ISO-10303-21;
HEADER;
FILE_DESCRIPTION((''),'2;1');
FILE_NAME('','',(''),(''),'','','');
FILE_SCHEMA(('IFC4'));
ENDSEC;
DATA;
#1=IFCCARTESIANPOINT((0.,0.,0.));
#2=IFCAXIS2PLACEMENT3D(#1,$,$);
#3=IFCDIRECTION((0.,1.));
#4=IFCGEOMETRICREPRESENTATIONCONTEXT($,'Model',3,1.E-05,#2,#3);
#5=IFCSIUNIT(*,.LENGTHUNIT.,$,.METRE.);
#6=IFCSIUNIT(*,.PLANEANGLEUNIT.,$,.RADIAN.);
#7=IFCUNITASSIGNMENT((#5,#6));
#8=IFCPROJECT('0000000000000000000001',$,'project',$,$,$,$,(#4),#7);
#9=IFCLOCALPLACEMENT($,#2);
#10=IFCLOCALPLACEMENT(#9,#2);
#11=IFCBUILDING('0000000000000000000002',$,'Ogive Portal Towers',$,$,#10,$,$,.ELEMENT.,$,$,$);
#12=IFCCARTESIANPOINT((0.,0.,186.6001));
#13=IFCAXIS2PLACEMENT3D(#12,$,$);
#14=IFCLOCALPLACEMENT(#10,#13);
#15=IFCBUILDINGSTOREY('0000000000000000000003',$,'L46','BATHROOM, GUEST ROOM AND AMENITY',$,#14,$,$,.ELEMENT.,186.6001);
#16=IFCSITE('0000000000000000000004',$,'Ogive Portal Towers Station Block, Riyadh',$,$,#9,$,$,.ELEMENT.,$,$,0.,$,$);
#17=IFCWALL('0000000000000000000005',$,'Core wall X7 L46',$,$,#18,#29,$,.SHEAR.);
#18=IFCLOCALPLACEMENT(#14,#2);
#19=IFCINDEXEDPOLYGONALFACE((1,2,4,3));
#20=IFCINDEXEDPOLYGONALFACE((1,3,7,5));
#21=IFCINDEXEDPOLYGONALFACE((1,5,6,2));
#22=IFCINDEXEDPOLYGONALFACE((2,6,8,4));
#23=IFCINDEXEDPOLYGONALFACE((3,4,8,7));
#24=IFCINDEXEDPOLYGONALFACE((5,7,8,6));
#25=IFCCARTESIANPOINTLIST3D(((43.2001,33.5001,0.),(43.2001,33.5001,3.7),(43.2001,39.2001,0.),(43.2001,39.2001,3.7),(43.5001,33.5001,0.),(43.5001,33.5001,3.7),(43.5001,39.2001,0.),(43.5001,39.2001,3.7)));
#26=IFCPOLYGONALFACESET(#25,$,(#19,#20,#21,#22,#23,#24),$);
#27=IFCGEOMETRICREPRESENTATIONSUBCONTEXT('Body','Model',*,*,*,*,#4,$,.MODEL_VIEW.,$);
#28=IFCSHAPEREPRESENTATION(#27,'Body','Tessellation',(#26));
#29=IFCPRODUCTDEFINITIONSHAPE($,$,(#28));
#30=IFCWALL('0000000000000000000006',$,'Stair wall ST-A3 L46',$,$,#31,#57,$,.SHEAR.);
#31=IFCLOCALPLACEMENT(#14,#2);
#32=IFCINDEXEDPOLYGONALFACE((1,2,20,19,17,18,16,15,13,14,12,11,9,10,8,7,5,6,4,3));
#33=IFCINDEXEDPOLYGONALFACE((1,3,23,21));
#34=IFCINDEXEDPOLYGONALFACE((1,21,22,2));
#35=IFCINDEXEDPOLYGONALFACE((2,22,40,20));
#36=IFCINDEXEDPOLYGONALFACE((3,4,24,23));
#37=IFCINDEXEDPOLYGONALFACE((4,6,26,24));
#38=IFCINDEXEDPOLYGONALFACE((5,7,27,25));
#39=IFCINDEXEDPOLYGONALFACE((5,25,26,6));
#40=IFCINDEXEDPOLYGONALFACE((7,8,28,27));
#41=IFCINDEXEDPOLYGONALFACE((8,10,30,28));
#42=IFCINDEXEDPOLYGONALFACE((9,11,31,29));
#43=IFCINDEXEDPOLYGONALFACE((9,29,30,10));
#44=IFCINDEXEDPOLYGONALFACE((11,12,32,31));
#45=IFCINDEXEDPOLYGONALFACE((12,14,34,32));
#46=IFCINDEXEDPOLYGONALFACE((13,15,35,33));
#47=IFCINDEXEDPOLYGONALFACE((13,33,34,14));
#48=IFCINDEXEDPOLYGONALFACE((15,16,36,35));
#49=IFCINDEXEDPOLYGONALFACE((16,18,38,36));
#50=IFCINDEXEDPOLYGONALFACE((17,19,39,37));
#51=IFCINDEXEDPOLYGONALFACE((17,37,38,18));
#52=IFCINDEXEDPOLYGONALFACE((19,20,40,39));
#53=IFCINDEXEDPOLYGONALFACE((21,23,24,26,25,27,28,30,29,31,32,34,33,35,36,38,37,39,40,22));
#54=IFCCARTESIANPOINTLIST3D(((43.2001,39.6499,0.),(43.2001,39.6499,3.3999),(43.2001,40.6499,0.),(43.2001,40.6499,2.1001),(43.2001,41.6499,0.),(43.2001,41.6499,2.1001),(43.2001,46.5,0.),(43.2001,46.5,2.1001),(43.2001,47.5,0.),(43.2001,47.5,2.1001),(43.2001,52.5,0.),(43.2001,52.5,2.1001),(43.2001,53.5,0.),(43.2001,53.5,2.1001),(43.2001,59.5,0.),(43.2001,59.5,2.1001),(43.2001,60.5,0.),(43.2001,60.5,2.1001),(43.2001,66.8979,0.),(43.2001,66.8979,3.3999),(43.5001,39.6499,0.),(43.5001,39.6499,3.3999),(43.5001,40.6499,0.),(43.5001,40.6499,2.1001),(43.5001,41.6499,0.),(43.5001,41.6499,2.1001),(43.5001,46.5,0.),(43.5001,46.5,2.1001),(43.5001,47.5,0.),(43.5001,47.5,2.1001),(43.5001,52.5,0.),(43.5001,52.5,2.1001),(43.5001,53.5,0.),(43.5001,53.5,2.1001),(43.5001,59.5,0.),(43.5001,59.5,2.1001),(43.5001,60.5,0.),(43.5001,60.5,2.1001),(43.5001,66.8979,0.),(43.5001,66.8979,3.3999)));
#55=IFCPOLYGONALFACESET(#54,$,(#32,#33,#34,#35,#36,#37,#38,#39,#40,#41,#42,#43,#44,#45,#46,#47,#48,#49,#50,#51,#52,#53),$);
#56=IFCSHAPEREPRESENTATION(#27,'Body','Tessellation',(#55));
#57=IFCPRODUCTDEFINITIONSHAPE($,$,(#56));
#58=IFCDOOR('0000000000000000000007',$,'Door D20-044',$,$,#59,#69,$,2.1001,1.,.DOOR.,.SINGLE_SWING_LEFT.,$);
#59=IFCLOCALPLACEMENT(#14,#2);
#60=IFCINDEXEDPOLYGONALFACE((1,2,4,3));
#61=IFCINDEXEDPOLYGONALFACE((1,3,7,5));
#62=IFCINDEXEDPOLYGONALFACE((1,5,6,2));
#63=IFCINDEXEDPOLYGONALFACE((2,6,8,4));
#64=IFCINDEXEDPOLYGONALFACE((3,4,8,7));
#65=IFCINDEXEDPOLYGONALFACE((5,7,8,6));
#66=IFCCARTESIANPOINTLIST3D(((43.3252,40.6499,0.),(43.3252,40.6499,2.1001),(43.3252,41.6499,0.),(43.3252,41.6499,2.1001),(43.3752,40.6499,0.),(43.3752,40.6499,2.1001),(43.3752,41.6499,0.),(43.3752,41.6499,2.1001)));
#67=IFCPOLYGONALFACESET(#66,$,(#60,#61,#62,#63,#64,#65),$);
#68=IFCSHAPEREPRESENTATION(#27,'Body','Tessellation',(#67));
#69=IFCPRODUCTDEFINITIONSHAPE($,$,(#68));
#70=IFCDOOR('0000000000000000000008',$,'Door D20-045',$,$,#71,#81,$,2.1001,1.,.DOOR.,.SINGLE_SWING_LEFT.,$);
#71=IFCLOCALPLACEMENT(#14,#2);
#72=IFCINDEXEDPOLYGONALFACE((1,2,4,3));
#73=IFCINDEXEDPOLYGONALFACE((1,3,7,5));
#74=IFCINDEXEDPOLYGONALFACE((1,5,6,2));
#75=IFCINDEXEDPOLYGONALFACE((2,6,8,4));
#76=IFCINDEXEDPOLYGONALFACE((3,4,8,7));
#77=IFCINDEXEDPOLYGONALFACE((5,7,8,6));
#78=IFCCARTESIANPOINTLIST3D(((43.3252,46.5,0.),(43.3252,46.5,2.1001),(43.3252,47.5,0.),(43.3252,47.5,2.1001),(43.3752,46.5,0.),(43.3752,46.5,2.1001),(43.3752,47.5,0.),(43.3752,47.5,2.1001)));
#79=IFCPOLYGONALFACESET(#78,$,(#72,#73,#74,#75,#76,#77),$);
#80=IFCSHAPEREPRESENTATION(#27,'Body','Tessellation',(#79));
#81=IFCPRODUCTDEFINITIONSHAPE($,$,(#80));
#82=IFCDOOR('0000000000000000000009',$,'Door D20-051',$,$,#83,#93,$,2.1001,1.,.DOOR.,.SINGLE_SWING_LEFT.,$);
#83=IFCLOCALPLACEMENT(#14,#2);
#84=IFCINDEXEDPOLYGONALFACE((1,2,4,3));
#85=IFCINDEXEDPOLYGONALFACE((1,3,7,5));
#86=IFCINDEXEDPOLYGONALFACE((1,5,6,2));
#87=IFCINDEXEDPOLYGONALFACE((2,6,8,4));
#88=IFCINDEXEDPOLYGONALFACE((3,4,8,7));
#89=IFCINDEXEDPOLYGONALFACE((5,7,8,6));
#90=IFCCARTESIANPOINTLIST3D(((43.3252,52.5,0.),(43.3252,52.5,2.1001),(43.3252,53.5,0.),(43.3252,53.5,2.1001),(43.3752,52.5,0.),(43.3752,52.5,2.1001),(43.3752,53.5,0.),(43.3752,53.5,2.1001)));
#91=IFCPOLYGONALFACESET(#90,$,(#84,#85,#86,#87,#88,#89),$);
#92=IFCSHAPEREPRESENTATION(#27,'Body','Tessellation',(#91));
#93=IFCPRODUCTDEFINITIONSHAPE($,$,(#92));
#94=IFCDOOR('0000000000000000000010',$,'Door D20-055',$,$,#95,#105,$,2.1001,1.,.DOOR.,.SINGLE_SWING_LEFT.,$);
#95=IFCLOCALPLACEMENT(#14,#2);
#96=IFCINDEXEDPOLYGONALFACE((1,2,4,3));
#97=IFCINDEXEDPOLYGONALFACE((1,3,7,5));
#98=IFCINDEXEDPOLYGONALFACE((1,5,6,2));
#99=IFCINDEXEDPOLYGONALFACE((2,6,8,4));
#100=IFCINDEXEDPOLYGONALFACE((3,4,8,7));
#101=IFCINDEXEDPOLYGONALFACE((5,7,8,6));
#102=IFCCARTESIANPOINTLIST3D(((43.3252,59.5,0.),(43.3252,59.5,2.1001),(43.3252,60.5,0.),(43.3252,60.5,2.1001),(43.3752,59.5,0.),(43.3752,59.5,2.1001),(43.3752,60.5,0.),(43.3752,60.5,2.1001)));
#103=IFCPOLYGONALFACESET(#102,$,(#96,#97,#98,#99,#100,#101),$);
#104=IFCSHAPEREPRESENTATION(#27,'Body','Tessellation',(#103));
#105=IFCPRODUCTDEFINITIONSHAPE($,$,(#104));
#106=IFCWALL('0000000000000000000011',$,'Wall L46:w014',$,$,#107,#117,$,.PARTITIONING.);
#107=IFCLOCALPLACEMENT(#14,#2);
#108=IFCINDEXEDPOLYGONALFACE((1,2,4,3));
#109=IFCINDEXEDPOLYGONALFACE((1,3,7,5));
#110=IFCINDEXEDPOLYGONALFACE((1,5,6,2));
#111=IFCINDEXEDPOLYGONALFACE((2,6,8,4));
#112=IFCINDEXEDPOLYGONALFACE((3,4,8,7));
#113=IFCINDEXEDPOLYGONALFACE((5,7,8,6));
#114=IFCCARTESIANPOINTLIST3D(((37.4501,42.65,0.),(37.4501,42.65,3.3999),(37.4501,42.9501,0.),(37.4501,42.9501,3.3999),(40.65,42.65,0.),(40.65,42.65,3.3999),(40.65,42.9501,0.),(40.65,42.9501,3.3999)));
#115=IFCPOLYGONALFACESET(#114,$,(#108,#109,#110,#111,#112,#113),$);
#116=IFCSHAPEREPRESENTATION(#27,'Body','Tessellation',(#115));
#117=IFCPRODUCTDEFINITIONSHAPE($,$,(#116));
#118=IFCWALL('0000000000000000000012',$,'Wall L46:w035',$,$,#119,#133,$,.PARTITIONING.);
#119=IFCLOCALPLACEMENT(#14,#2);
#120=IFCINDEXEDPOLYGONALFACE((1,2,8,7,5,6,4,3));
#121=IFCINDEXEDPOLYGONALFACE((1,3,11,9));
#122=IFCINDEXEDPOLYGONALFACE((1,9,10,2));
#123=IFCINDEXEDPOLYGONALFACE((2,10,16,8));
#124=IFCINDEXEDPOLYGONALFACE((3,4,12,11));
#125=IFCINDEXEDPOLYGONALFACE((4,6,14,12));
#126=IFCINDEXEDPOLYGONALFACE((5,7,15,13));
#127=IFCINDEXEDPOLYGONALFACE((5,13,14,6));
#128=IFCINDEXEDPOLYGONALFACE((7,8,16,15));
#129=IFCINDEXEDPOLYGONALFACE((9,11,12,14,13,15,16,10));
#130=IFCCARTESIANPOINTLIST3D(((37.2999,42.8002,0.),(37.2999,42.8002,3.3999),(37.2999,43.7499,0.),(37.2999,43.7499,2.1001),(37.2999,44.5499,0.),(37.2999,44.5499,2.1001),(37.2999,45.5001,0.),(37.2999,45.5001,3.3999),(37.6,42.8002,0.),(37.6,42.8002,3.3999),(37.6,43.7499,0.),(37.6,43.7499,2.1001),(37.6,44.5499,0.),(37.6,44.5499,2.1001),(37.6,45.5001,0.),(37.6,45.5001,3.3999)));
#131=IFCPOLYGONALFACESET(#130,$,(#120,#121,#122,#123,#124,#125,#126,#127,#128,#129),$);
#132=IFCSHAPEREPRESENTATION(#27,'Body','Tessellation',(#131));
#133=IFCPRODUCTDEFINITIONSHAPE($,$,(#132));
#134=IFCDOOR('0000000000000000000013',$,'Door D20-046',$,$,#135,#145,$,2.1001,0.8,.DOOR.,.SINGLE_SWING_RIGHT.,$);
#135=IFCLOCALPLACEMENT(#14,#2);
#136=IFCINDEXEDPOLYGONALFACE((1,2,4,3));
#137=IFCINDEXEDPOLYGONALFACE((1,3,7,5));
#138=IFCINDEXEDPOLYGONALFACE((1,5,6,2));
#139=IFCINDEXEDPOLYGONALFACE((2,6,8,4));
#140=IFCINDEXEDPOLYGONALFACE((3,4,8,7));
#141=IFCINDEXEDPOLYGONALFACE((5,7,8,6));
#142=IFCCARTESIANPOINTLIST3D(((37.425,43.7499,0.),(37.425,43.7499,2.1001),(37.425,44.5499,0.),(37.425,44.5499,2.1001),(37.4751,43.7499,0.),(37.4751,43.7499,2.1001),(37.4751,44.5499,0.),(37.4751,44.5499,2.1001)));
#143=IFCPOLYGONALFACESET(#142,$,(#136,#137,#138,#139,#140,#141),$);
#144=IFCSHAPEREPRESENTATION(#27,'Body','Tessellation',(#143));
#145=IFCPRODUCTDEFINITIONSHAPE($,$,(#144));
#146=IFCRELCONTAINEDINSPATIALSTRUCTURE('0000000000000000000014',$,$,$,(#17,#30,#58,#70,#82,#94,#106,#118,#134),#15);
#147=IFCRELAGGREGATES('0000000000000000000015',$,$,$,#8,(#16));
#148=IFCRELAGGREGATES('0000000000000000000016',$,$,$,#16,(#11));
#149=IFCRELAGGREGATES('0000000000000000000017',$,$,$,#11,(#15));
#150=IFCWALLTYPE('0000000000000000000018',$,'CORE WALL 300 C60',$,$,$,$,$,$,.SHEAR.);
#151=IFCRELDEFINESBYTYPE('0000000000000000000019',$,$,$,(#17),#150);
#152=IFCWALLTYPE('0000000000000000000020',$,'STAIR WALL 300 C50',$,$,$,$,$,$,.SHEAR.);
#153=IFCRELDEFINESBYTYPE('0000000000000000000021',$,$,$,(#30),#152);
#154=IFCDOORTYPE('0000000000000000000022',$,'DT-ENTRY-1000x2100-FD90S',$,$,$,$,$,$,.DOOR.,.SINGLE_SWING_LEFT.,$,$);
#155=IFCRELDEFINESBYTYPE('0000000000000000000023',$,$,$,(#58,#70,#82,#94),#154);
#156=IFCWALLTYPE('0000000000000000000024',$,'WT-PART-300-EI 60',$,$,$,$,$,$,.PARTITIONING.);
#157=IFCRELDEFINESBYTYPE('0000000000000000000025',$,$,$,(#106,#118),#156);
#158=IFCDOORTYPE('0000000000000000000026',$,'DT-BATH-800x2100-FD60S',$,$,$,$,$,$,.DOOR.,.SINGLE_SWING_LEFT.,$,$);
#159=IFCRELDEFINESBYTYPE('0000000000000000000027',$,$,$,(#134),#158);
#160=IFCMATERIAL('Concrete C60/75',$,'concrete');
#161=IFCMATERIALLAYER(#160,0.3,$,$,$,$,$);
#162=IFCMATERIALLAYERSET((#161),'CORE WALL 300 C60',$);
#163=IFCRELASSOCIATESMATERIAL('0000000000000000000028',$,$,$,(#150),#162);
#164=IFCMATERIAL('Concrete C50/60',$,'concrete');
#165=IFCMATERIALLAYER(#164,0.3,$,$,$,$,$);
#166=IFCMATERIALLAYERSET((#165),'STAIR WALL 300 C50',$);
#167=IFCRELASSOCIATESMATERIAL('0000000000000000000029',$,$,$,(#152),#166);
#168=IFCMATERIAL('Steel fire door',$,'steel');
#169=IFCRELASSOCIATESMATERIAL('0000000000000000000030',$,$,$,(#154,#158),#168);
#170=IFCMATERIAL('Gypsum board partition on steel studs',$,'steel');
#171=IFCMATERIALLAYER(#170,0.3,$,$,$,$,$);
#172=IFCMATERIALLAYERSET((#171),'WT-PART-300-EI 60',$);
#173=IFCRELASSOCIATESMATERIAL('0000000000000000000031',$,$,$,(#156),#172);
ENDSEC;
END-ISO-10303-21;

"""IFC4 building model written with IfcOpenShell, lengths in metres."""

from ifc_helpers import new_model, si_unit, direction, frame, frame_2d, origin, place, context, subcontext, project, spatial, rectangle, extrude, material, layer, layer_set, type_object, element, fill, save


model = new_model("IFC4")

# Units and contexts
model_context = context("Model", 3, precision=1e-05, world=origin(), true_north=direction((0.0, 1.0)))
body_context = subcontext(model_context, "Body", "Model", "MODEL_VIEW")
ifc_project = project(units=[si_unit("LENGTHUNIT", "METRE"), si_unit("PLANEANGLEUNIT", "RADIAN")], contexts=[model_context])

# Site, building, storey
site_placement = place(None, origin())
site = spatial("IfcSite", under=ifc_project, at=site_placement, Name="Ogive Portal Towers Station Block, Riyadh", CompositionType="ELEMENT", RefElevation=0.0)
building_placement = place(site_placement, origin())
building = spatial("IfcBuilding", under=site, at=building_placement, Name="Ogive Portal Towers", CompositionType="ELEMENT")
storey_placement = place(building_placement, frame((0.0, 0.0, 186.6001)))
storey = spatial("IfcBuildingStorey", under=building, at=storey_placement, Name="L46", Description="BATHROOM, GUEST ROOM AND AMENITY", CompositionType="ELEMENT", Elevation=186.6001)

# Wall
ifc_material_1 = material(Name="Concrete C60/75", Category="concrete")
ifc_layer_1 = layer(ifc_material_1, 0.3)
ifc_layer_set_1 = layer_set([ifc_layer_1], Name="CORE WALL 300 C60")
wall_type_1 = type_object("IfcWallType", Name="CORE WALL 300 C60", PredefinedType="SHEAR", material=ifc_layer_set_1)
wall_1_placement = place(storey_placement, frame((43.3501, 33.5, 0.0), z_axis=(0.0, 0.0, 1.0), x_axis=(0.0, 1.0, 0.0)))
element("IfcWall", 1, at=wall_1_placement, inside=storey, type_object=wall_type_1, Name="Core wall X7 L46", PredefinedType="SHEAR", context=body_context, shape_type="SweptSolid", body=[
    extrude(rectangle(XDim=5.7, YDim=0.3, at=frame_2d((2.8501, 0.0))), origin(), (0.0, 0.0, 1.0), 3.7),
])

# Wall, openings, doors
ifc_material_2 = material(Name="Concrete C50/60", Category="concrete")
ifc_layer_2 = layer(ifc_material_2, 0.3)
ifc_layer_set_2 = layer_set([ifc_layer_2], Name="STAIR WALL 300 C50")
wall_type_2 = type_object("IfcWallType", Name="STAIR WALL 300 C50", PredefinedType="SHEAR", material=ifc_layer_set_2)
wall_2_placement = place(storey_placement, frame((43.3501, 39.6499, 0.0), z_axis=(0.0, 0.0, 1.0), x_axis=(0.0, 1.0, 0.0)))
wall_2 = element("IfcWall", 2, at=wall_2_placement, inside=storey, type_object=wall_type_2, Name="Stair wall ST-A3 L46", PredefinedType="SHEAR", context=body_context, shape_type="SweptSolid", body=[
    extrude(rectangle(XDim=27.248, YDim=0.3, at=frame_2d((13.624, 0.0))), origin(), (0.0, 0.0, 1.0), 3.3999),
])
opening_1_placement = place(wall_2_placement, frame((1.0, 0.0, 0.0)))
opening_1 = element("IfcOpeningElement", 3, at=opening_1_placement, cuts=wall_2, PredefinedType="OPENING", context=body_context, shape_type="SweptSolid", body=[
    extrude(rectangle(XDim=1.0, YDim=2.1001, at=frame_2d((0.5, 1.05))), frame((0.0, 0.1602, 0.0), z_axis=(0.0, -1.0, 0.0), x_axis=(1.0, 0.0, 0.0)), (0.0, 0.0, 1.0), 0.3201),
])
opening_2_placement = place(wall_2_placement, frame((6.8501, 0.0, 0.0)))
opening_2 = element("IfcOpeningElement", 4, at=opening_2_placement, cuts=wall_2, PredefinedType="OPENING", context=body_context, shape_type="SweptSolid", body=[
    extrude(rectangle(XDim=1.0, YDim=2.1001, at=frame_2d((0.5, 1.05))), frame((0.0, 0.1602, 0.0), z_axis=(0.0, -1.0, 0.0), x_axis=(1.0, 0.0, 0.0)), (0.0, 0.0, 1.0), 0.3201),
])
opening_3_placement = place(wall_2_placement, frame((12.8501, 0.0, 0.0)))
opening_3 = element("IfcOpeningElement", 5, at=opening_3_placement, cuts=wall_2, PredefinedType="OPENING", context=body_context, shape_type="SweptSolid", body=[
    extrude(rectangle(XDim=1.0, YDim=2.1001, at=frame_2d((0.5, 1.05))), frame((0.0, 0.1602, 0.0), z_axis=(0.0, -1.0, 0.0), x_axis=(1.0, 0.0, 0.0)), (0.0, 0.0, 1.0), 0.3201),
])
opening_4_placement = place(wall_2_placement, frame((19.8501, 0.0, 0.0)))
opening_4 = element("IfcOpeningElement", 6, at=opening_4_placement, cuts=wall_2, PredefinedType="OPENING", context=body_context, shape_type="SweptSolid", body=[
    extrude(rectangle(XDim=1.0, YDim=2.1001, at=frame_2d((0.5, 1.05))), frame((0.0, 0.1602, 0.0), z_axis=(0.0, -1.0, 0.0), x_axis=(1.0, 0.0, 0.0)), (0.0, 0.0, 1.0), 0.3201),
])
ifc_material_3 = material(Name="Steel fire door", Category="steel")
door_type_1 = type_object("IfcDoorType", Name="DT-ENTRY-1000x2100-FD90S", OperationType="SINGLE_SWING_LEFT", PredefinedType="DOOR", material=ifc_material_3)
door_1_placement = place(opening_1_placement, origin())
door_1 = element("IfcDoor", 7, at=door_1_placement, inside=storey, type_object=door_type_1, Name="Door D20-044", OperationType="SINGLE_SWING_LEFT", OverallHeight=2.1001, OverallWidth=1.0, PredefinedType="DOOR", context=body_context, shape_type="SweptSolid", body=[
    extrude(rectangle(XDim=1.0, YDim=2.1001, at=frame_2d((0.5, 1.05))), frame((0.0, 0.0249, 0.0), z_axis=(0.0, -1.0, 0.0), x_axis=(1.0, 0.0, 0.0)), (0.0, 0.0, 1.0), 0.05),
])
fill(opening_1, door_1)
door_2_placement = place(opening_2_placement, origin())
door_2 = element("IfcDoor", 8, at=door_2_placement, inside=storey, type_object=door_type_1, Name="Door D20-045", OperationType="SINGLE_SWING_LEFT", OverallHeight=2.1001, OverallWidth=1.0, PredefinedType="DOOR", context=body_context, shape_type="SweptSolid", body=[
    extrude(rectangle(XDim=1.0, YDim=2.1001, at=frame_2d((0.5, 1.05))), frame((0.0, 0.0249, 0.0), z_axis=(0.0, -1.0, 0.0), x_axis=(1.0, 0.0, 0.0)), (0.0, 0.0, 1.0), 0.05),
])
fill(opening_2, door_2)
door_3_placement = place(opening_3_placement, origin())
door_3 = element("IfcDoor", 9, at=door_3_placement, inside=storey, type_object=door_type_1, Name="Door D20-051", OperationType="SINGLE_SWING_LEFT", OverallHeight=2.1001, OverallWidth=1.0, PredefinedType="DOOR", context=body_context, shape_type="SweptSolid", body=[
    extrude(rectangle(XDim=1.0, YDim=2.1001, at=frame_2d((0.5, 1.05))), frame((0.0, 0.0249, 0.0), z_axis=(0.0, -1.0, 0.0), x_axis=(1.0, 0.0, 0.0)), (0.0, 0.0, 1.0), 0.05),
])
fill(opening_3, door_3)
door_4_placement = place(opening_4_placement, origin())
door_4 = element("IfcDoor", 10, at=door_4_placement, inside=storey, type_object=door_type_1, Name="Door D20-055", OperationType="SINGLE_SWING_LEFT", OverallHeight=2.1001, OverallWidth=1.0, PredefinedType="DOOR", context=body_context, shape_type="SweptSolid", body=[
    extrude(rectangle(XDim=1.0, YDim=2.1001, at=frame_2d((0.5, 1.05))), frame((0.0, 0.0249, 0.0), z_axis=(0.0, -1.0, 0.0), x_axis=(1.0, 0.0, 0.0)), (0.0, 0.0, 1.0), 0.05),
])
fill(opening_4, door_4)

# Wall
ifc_material_4 = material(Name="Gypsum board partition on steel studs", Category="steel")
ifc_layer_3 = layer(ifc_material_4, 0.3)
ifc_layer_set_3 = layer_set([ifc_layer_3], Name="WT-PART-300-EI 60")
wall_type_3 = type_object("IfcWallType", Name="WT-PART-300-EI 60", PredefinedType="PARTITIONING", material=ifc_layer_set_3)
wall_3_placement = place(storey_placement, frame((37.45, 42.8, 0.0), z_axis=(0.0, 0.0, 1.0), x_axis=(1.0, 0.0, 0.0)))
element("IfcWall", 11, at=wall_3_placement, inside=storey, type_object=wall_type_3, Name="Wall L46:w014", PredefinedType="PARTITIONING", context=body_context, shape_type="SweptSolid", body=[
    extrude(rectangle(XDim=3.2, YDim=0.3, at=frame_2d((1.6001, 0.0))), origin(), (0.0, 0.0, 1.0), 3.3999),
])

# Wall, opening, door
wall_4_placement = place(storey_placement, frame((37.45, 42.8, 0.0), z_axis=(0.0, 0.0, 1.0), x_axis=(0.0, 1.0, 0.0)))
wall_4 = element("IfcWall", 12, at=wall_4_placement, inside=storey, type_object=wall_type_3, Name="Wall L46:w035", PredefinedType="PARTITIONING", context=body_context, shape_type="SweptSolid", body=[
    extrude(rectangle(XDim=2.7, YDim=0.3, at=frame_2d((1.3501, 0.0))), origin(), (0.0, 0.0, 1.0), 3.3999),
])
opening_5_placement = place(wall_4_placement, frame((0.95, 0.0, 0.0)))
opening_5 = element("IfcOpeningElement", 13, at=opening_5_placement, cuts=wall_4, PredefinedType="OPENING", context=body_context, shape_type="SweptSolid", body=[
    extrude(rectangle(XDim=0.8, YDim=2.1001, at=frame_2d((0.3999, 1.05))), frame((0.0, 0.1602, 0.0), z_axis=(0.0, -1.0, 0.0), x_axis=(1.0, 0.0, 0.0)), (0.0, 0.0, 1.0), 0.3201),
])
door_type_2 = type_object("IfcDoorType", Name="DT-BATH-800x2100-FD60S", OperationType="SINGLE_SWING_LEFT", PredefinedType="DOOR", material=ifc_material_3)
door_5_placement = place(opening_5_placement, origin())
door_5 = element("IfcDoor", 14, at=door_5_placement, inside=storey, type_object=door_type_2, Name="Door D20-046", OperationType="SINGLE_SWING_RIGHT", OverallHeight=2.1001, OverallWidth=0.8, PredefinedType="DOOR", context=body_context, shape_type="SweptSolid", body=[
    extrude(rectangle(XDim=0.8, YDim=2.1001, at=frame_2d((0.3999, 1.05))), frame((0.0, 0.0249, 0.0), z_axis=(0.0, -1.0, 0.0), x_axis=(1.0, 0.0, 0.0)), (0.0, 0.0, 1.0), 0.05),
])
fill(opening_5, door_5)

save(model, "model.ifc")
